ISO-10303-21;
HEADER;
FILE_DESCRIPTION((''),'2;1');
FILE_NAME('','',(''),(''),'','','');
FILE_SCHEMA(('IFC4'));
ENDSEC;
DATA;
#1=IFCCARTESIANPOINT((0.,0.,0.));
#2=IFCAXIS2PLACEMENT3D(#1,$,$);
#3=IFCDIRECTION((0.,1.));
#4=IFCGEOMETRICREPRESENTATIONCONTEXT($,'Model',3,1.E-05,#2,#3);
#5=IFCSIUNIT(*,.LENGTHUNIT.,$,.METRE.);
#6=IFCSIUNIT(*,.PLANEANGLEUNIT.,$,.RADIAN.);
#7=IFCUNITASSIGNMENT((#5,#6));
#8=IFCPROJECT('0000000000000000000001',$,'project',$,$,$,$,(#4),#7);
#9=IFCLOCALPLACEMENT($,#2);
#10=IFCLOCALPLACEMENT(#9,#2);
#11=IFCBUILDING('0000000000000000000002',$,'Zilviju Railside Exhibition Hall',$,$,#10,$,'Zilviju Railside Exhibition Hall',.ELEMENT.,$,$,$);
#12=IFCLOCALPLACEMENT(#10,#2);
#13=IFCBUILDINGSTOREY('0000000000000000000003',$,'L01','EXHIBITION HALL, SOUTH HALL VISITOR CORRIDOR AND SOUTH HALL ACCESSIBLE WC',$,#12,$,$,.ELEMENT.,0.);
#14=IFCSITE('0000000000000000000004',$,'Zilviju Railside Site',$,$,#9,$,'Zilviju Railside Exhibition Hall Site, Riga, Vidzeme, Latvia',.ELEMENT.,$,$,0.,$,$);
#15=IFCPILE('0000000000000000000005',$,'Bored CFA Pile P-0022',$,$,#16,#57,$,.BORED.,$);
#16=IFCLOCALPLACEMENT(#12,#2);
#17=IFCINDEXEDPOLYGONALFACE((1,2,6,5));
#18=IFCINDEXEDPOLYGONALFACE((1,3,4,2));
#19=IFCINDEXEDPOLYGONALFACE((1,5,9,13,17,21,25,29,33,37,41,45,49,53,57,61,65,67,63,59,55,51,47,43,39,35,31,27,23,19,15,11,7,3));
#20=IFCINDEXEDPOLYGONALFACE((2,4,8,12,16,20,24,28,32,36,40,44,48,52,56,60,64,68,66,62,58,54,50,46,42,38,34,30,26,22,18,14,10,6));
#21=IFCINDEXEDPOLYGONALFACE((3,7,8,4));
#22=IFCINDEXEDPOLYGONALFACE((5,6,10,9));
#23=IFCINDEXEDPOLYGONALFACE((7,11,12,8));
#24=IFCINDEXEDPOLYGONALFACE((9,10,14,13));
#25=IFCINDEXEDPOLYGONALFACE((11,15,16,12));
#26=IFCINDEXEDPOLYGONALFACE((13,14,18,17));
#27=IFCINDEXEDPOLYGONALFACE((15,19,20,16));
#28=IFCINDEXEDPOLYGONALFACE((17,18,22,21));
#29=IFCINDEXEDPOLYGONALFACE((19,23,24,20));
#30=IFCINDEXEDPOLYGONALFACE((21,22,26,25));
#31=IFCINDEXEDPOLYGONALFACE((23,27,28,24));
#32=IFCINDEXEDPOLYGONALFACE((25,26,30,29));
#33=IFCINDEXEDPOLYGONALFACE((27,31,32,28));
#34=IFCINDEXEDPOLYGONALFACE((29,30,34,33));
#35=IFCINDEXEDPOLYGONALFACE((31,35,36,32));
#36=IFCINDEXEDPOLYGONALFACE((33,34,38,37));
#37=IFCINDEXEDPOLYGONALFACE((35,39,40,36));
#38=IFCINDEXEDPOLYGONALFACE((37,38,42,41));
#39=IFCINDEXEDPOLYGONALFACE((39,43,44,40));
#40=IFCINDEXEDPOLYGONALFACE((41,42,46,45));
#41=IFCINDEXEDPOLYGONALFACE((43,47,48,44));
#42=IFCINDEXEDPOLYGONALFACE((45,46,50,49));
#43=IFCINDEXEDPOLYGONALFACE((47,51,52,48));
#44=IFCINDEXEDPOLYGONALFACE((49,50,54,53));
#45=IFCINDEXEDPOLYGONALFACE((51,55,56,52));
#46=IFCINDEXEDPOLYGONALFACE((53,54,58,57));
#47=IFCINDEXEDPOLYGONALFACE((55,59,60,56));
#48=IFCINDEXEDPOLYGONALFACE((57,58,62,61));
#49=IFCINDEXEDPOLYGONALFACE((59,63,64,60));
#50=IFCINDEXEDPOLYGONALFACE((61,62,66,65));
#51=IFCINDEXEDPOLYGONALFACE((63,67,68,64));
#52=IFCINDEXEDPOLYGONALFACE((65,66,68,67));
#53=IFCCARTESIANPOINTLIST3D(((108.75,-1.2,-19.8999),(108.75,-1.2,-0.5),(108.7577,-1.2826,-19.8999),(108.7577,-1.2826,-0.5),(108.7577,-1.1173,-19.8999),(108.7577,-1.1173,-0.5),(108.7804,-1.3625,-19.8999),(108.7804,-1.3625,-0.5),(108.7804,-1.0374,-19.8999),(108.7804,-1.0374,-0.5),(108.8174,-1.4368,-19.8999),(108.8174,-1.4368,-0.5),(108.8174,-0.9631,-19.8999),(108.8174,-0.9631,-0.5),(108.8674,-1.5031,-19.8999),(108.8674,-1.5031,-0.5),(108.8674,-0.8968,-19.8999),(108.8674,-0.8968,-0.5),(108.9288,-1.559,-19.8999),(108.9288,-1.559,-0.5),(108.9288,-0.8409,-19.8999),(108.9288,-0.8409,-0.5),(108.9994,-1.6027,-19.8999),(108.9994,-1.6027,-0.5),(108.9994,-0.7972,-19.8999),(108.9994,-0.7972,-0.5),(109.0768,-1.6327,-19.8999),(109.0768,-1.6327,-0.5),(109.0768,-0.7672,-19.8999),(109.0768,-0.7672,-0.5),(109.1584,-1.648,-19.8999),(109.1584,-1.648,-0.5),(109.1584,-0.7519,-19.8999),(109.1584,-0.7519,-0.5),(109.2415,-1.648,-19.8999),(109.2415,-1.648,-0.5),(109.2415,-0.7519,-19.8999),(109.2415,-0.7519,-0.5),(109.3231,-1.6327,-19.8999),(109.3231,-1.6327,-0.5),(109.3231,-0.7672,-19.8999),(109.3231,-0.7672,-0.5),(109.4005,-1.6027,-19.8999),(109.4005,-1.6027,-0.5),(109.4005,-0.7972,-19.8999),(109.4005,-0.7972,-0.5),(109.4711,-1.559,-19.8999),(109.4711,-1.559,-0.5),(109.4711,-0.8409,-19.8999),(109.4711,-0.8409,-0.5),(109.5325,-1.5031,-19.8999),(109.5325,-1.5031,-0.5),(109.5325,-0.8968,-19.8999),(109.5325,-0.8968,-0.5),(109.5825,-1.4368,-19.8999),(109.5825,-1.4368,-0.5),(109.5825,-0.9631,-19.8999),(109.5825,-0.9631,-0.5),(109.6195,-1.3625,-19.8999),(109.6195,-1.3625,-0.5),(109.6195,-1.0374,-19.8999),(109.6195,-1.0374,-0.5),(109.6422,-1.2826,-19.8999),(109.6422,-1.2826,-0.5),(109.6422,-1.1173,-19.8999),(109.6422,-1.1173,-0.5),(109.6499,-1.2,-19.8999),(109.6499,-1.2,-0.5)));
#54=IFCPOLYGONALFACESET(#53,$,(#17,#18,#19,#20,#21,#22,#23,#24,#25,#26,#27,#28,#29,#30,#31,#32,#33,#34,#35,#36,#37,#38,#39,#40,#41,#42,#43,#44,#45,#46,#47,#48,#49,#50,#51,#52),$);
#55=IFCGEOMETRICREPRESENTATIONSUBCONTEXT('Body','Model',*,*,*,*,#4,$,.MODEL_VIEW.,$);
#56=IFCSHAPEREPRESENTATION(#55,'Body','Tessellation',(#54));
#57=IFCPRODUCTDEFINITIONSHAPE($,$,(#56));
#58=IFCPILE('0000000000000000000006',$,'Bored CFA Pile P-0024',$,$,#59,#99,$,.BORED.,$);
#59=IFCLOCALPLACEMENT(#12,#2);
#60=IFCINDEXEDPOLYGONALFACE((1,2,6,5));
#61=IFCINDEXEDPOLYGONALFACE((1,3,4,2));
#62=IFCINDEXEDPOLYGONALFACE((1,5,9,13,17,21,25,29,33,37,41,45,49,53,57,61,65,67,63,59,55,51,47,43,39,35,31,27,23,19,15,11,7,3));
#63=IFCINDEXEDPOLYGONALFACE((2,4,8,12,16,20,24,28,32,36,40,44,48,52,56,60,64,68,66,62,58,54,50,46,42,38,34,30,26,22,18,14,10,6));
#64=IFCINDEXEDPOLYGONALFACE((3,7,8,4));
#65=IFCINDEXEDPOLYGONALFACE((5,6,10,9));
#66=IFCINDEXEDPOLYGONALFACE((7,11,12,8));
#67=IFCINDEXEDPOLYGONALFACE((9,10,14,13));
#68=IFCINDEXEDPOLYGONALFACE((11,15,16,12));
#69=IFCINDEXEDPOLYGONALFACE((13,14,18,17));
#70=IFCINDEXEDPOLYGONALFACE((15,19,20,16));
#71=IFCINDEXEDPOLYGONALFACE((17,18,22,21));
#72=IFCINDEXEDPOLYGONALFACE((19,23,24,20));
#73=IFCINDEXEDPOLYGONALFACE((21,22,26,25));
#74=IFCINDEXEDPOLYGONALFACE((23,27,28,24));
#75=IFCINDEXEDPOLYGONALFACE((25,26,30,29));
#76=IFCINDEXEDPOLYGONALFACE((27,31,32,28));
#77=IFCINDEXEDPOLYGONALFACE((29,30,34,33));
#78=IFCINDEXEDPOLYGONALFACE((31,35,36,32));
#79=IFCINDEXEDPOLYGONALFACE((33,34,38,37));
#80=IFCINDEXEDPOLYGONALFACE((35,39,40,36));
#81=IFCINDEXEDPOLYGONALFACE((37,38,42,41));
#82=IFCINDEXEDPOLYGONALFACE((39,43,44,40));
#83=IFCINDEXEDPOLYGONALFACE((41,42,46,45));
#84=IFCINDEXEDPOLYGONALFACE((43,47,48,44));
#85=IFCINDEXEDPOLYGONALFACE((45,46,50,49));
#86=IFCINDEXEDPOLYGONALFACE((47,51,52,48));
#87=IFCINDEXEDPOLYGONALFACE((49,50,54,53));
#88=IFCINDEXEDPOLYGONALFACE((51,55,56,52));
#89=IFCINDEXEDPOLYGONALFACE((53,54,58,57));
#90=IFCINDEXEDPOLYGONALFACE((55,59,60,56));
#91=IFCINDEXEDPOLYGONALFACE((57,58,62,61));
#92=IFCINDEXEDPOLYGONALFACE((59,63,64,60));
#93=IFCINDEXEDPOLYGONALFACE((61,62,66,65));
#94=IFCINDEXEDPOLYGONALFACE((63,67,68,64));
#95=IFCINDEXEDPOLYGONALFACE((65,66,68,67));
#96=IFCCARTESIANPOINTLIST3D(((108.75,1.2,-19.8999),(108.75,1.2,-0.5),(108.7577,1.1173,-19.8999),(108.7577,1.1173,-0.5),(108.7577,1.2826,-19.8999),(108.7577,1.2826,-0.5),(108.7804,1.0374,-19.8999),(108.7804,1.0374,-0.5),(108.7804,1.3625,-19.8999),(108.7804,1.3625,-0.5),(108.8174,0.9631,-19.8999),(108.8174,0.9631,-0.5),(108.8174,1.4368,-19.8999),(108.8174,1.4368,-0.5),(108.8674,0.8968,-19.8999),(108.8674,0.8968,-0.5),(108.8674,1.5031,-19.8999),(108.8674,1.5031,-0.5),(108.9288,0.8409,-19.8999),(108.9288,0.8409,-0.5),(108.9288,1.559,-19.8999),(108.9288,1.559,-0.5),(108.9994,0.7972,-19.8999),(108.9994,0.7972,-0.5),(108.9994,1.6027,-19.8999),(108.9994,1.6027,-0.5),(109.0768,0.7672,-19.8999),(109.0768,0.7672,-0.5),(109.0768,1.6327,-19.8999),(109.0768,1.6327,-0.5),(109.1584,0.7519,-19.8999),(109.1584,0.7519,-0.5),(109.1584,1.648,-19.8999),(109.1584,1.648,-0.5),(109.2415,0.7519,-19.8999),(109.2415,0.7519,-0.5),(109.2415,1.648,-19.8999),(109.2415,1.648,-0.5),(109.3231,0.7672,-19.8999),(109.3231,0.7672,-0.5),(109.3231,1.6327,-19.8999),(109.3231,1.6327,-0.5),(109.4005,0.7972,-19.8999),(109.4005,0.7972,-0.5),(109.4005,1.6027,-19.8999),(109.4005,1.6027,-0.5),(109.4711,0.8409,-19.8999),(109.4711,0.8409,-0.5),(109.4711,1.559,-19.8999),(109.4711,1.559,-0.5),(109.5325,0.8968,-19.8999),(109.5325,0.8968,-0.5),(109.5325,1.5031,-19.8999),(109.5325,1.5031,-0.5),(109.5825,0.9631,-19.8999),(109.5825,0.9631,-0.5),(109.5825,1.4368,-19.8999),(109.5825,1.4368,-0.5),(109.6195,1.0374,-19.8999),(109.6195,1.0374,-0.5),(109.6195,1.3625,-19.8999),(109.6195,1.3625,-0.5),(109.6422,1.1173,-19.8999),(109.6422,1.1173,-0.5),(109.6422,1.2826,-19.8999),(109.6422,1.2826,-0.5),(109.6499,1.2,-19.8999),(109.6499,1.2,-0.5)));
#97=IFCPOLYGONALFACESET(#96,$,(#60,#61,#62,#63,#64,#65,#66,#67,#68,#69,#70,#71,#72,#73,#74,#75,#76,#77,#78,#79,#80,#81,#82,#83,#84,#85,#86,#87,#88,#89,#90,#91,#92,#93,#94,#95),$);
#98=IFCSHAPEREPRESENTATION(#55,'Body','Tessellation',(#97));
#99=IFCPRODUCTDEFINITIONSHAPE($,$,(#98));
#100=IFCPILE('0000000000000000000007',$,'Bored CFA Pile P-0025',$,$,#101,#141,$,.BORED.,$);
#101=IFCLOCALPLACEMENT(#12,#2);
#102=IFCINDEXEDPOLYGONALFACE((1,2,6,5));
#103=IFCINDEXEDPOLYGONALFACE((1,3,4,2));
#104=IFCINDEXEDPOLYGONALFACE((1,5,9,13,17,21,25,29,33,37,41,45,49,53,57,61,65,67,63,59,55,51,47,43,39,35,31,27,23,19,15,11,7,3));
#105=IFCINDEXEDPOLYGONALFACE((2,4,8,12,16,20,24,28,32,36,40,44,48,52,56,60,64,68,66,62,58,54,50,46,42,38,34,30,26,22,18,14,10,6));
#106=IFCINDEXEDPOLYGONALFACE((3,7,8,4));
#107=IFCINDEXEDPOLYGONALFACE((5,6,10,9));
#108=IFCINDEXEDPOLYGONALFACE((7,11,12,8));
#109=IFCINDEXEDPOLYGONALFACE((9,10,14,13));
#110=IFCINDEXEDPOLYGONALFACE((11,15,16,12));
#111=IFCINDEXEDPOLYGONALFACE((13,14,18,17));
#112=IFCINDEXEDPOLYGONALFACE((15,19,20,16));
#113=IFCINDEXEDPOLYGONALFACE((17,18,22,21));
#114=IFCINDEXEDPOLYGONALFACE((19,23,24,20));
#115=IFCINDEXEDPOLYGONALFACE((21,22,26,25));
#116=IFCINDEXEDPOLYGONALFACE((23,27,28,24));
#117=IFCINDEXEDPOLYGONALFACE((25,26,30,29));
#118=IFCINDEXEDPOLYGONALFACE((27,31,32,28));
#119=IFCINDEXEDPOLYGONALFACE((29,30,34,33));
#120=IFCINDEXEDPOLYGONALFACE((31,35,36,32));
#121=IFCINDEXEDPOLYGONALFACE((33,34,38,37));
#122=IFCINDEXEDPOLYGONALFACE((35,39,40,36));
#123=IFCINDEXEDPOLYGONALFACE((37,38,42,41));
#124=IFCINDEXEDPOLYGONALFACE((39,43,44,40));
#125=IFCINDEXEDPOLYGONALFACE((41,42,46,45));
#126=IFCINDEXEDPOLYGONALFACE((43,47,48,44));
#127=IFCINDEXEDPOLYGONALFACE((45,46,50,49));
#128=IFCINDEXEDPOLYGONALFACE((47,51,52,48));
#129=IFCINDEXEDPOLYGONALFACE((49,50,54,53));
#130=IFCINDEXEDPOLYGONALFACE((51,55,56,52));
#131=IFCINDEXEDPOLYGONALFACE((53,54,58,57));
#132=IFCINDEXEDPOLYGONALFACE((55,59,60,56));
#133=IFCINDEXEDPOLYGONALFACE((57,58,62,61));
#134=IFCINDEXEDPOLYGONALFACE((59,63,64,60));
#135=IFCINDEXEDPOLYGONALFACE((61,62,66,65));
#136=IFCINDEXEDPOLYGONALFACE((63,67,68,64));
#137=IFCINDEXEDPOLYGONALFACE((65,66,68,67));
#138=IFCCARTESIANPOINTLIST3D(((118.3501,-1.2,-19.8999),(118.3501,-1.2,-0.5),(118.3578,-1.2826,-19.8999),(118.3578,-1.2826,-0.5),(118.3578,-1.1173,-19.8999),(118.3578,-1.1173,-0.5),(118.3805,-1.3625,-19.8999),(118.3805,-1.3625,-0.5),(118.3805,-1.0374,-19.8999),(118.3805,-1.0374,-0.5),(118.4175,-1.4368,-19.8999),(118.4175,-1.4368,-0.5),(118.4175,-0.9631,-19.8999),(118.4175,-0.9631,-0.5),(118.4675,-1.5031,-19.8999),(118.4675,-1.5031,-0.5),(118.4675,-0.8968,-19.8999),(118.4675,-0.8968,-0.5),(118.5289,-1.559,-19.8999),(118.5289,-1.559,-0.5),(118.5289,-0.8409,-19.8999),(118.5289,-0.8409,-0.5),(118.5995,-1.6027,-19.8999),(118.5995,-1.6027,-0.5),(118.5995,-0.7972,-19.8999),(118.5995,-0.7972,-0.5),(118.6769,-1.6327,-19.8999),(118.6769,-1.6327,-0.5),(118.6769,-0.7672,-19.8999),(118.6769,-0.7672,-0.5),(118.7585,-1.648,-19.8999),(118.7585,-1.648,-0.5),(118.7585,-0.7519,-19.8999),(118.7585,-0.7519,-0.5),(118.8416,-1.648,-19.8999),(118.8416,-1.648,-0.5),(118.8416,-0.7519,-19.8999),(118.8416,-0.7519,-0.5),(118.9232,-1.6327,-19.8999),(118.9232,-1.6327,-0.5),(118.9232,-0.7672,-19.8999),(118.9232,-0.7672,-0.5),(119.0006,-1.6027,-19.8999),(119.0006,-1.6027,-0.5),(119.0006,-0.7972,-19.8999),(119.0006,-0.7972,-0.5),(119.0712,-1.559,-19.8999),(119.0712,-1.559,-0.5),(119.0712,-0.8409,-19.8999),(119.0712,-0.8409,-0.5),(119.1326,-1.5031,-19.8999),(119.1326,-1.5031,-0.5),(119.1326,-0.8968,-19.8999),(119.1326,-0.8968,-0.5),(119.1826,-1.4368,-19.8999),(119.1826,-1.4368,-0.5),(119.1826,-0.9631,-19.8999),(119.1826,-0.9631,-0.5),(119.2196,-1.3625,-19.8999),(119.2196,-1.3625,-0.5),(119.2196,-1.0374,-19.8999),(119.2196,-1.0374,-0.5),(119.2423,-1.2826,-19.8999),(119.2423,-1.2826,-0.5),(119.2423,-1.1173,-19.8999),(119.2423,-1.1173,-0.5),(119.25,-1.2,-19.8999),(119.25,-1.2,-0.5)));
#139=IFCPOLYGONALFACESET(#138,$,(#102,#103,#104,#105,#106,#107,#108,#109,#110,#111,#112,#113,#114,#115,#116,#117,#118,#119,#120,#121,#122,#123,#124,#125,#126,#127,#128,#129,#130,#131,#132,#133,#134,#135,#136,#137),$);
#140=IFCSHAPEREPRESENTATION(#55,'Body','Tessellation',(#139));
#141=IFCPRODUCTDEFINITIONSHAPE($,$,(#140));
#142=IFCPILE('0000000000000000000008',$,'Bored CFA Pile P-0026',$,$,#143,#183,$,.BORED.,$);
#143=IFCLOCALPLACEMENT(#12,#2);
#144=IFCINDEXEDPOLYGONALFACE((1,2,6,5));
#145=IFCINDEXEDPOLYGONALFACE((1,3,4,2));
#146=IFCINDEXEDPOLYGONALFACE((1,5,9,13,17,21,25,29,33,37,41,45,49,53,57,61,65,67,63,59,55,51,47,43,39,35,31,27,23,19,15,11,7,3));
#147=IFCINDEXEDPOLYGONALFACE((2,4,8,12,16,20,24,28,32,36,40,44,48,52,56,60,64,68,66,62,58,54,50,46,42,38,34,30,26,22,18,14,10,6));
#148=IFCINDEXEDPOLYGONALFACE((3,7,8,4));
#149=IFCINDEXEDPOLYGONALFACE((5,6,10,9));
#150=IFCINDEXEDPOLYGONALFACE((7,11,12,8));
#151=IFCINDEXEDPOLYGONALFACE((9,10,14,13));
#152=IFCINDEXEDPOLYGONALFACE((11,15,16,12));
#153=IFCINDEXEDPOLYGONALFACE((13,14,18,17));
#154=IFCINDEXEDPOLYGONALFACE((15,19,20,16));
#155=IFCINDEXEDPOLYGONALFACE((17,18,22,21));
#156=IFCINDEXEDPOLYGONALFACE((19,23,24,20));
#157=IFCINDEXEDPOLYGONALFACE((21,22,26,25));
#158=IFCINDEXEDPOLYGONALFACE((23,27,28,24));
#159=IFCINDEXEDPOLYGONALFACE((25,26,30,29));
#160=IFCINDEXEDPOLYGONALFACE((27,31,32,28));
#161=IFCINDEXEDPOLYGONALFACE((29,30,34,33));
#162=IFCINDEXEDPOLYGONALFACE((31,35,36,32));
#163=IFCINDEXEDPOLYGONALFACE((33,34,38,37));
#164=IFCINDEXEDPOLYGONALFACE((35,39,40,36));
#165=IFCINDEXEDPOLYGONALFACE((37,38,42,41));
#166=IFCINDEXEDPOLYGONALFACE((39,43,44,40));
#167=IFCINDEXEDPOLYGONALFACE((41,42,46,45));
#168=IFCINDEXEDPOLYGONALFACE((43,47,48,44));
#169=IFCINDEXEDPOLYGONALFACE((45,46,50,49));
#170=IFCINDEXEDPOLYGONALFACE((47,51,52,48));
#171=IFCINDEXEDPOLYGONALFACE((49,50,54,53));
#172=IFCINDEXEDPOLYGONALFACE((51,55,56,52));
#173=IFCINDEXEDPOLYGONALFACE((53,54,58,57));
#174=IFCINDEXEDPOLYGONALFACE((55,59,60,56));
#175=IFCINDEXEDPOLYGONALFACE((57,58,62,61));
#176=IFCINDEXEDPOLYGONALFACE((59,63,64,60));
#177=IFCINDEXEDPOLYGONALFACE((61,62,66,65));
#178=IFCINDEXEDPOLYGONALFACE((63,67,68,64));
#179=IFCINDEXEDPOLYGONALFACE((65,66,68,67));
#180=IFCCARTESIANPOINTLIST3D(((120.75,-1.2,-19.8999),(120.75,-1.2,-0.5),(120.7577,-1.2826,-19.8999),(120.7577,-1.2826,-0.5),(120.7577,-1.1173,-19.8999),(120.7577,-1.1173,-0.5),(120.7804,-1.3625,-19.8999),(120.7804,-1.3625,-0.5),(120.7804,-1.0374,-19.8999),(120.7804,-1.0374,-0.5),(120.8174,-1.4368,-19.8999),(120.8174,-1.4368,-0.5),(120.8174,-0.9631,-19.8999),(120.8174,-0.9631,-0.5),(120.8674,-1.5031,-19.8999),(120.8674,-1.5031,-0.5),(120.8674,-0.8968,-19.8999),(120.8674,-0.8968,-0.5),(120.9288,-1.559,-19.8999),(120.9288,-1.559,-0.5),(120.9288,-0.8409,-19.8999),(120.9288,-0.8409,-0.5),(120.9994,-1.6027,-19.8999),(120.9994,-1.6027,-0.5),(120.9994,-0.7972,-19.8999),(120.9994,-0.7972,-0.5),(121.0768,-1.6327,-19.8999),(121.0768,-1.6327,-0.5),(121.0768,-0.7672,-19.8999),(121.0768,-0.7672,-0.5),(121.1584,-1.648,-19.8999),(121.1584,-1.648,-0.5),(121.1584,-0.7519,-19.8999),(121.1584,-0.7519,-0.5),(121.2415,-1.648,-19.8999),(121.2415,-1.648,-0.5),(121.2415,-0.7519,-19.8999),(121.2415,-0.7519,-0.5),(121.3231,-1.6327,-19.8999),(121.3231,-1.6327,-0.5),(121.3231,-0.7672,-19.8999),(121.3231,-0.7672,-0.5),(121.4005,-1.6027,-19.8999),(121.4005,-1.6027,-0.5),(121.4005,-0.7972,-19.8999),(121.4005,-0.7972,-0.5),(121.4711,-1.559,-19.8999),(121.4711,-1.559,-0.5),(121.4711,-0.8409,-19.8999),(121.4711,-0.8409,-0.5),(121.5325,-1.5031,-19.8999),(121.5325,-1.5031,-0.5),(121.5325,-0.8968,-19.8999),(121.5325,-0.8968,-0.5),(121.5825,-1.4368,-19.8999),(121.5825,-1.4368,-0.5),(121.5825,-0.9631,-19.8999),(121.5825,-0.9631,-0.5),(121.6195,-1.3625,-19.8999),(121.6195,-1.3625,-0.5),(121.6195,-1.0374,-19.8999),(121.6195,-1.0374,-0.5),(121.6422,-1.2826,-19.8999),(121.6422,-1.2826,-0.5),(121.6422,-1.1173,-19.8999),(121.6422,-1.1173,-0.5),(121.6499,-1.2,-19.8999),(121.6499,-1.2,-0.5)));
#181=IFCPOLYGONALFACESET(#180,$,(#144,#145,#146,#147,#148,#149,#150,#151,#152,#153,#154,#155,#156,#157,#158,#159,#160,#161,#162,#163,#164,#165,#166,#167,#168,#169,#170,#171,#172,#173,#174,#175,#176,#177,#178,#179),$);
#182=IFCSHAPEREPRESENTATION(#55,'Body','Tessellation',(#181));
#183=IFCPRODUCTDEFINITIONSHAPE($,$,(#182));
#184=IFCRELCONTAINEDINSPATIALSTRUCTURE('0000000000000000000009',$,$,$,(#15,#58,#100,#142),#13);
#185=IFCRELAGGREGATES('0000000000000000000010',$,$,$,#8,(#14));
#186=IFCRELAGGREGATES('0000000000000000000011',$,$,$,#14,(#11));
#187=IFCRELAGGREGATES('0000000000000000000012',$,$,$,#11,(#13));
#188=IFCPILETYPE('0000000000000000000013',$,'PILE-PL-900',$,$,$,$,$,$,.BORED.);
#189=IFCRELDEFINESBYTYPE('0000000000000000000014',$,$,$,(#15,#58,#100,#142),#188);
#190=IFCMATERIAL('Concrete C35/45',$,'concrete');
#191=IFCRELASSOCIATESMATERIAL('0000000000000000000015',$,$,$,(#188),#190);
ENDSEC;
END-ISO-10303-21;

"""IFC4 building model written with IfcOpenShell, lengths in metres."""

from ifc_helpers import new_model, si_unit, direction, frame, origin, origin_2d, place, context, subcontext, project, spatial, circle, extrude, material, material_profile, profile_set, type_object, element, save


model = new_model("IFC4")

# Units and contexts
model_context = context("Model", 3, precision=1e-05, world=origin(), true_north=direction((0.0, 1.0)))
body_context = subcontext(model_context, "Body", "Model", "MODEL_VIEW")
ifc_project = project(units=[si_unit("LENGTHUNIT", "METRE"), si_unit("PLANEANGLEUNIT", "RADIAN")], contexts=[model_context])

# Site, building, storey
site_placement = place(None, origin())
site = spatial("IfcSite", under=ifc_project, at=site_placement, Name="Zilviju Railside Site", LongName="Zilviju Railside Exhibition Hall Site, Riga, Vidzeme, Latvia", CompositionType="ELEMENT", RefElevation=0.0)
building_placement = place(site_placement, origin())
building = spatial("IfcBuilding", under=site, at=building_placement, Name="Zilviju Railside Exhibition Hall", LongName="Zilviju Railside Exhibition Hall", CompositionType="ELEMENT")
storey_placement = place(building_placement, origin())
storey = spatial("IfcBuildingStorey", under=building, at=storey_placement, Name="L01", Description="EXHIBITION HALL, SOUTH HALL VISITOR CORRIDOR AND SOUTH HALL ACCESSIBLE WC", CompositionType="ELEMENT", Elevation=0.0)

# Shared definitions
ifc_material_1 = material(Name="Concrete C35/45", Category="concrete")

# Piles
ifc_material_profile_1 = material_profile(ifc_material_1, circle(Radius=0.45, at=origin_2d()), Name="CFA PILE D900")
ifc_profile_set_1 = profile_set([ifc_material_profile_1], Name="Concrete C35/45")
pile_type_1 = type_object("IfcPileType", Name="PILE-PL-900", PredefinedType="BORED", material=ifc_profile_set_1)
for number, where, z_axis, x_axis, name in (
    (1, (109.2, -1.2, -0.5), (0.0, 0.0, -1.0), (1.0, 0.0, 0.0), "Bored CFA Pile P-0022"),
    (2, (109.2, 1.2, -0.5), (0.0, 0.0, -1.0), (1.0, 0.0, 0.0), "Bored CFA Pile P-0024"),
    (3, (118.8, -1.2, -0.5), (0.0, 0.0, -1.0), (1.0, 0.0, 0.0), "Bored CFA Pile P-0025"),
    (4, (121.2, -1.2, -0.5), (0.0, 0.0, -1.0), (1.0, 0.0, 0.0), "Bored CFA Pile P-0026"),
):
    element("IfcPile", number, at=place(storey_placement, frame(where, z_axis=z_axis, x_axis=x_axis)), inside=storey, type_object=pile_type_1, Name=name, PredefinedType="BORED", context=body_context, shape_type="SweptSolid", body=[
        extrude(circle(Radius=0.45, at=origin_2d()), origin(), (0.0, 0.0, 1.0), 19.3999),
    ])

save(model, "model.ifc")
